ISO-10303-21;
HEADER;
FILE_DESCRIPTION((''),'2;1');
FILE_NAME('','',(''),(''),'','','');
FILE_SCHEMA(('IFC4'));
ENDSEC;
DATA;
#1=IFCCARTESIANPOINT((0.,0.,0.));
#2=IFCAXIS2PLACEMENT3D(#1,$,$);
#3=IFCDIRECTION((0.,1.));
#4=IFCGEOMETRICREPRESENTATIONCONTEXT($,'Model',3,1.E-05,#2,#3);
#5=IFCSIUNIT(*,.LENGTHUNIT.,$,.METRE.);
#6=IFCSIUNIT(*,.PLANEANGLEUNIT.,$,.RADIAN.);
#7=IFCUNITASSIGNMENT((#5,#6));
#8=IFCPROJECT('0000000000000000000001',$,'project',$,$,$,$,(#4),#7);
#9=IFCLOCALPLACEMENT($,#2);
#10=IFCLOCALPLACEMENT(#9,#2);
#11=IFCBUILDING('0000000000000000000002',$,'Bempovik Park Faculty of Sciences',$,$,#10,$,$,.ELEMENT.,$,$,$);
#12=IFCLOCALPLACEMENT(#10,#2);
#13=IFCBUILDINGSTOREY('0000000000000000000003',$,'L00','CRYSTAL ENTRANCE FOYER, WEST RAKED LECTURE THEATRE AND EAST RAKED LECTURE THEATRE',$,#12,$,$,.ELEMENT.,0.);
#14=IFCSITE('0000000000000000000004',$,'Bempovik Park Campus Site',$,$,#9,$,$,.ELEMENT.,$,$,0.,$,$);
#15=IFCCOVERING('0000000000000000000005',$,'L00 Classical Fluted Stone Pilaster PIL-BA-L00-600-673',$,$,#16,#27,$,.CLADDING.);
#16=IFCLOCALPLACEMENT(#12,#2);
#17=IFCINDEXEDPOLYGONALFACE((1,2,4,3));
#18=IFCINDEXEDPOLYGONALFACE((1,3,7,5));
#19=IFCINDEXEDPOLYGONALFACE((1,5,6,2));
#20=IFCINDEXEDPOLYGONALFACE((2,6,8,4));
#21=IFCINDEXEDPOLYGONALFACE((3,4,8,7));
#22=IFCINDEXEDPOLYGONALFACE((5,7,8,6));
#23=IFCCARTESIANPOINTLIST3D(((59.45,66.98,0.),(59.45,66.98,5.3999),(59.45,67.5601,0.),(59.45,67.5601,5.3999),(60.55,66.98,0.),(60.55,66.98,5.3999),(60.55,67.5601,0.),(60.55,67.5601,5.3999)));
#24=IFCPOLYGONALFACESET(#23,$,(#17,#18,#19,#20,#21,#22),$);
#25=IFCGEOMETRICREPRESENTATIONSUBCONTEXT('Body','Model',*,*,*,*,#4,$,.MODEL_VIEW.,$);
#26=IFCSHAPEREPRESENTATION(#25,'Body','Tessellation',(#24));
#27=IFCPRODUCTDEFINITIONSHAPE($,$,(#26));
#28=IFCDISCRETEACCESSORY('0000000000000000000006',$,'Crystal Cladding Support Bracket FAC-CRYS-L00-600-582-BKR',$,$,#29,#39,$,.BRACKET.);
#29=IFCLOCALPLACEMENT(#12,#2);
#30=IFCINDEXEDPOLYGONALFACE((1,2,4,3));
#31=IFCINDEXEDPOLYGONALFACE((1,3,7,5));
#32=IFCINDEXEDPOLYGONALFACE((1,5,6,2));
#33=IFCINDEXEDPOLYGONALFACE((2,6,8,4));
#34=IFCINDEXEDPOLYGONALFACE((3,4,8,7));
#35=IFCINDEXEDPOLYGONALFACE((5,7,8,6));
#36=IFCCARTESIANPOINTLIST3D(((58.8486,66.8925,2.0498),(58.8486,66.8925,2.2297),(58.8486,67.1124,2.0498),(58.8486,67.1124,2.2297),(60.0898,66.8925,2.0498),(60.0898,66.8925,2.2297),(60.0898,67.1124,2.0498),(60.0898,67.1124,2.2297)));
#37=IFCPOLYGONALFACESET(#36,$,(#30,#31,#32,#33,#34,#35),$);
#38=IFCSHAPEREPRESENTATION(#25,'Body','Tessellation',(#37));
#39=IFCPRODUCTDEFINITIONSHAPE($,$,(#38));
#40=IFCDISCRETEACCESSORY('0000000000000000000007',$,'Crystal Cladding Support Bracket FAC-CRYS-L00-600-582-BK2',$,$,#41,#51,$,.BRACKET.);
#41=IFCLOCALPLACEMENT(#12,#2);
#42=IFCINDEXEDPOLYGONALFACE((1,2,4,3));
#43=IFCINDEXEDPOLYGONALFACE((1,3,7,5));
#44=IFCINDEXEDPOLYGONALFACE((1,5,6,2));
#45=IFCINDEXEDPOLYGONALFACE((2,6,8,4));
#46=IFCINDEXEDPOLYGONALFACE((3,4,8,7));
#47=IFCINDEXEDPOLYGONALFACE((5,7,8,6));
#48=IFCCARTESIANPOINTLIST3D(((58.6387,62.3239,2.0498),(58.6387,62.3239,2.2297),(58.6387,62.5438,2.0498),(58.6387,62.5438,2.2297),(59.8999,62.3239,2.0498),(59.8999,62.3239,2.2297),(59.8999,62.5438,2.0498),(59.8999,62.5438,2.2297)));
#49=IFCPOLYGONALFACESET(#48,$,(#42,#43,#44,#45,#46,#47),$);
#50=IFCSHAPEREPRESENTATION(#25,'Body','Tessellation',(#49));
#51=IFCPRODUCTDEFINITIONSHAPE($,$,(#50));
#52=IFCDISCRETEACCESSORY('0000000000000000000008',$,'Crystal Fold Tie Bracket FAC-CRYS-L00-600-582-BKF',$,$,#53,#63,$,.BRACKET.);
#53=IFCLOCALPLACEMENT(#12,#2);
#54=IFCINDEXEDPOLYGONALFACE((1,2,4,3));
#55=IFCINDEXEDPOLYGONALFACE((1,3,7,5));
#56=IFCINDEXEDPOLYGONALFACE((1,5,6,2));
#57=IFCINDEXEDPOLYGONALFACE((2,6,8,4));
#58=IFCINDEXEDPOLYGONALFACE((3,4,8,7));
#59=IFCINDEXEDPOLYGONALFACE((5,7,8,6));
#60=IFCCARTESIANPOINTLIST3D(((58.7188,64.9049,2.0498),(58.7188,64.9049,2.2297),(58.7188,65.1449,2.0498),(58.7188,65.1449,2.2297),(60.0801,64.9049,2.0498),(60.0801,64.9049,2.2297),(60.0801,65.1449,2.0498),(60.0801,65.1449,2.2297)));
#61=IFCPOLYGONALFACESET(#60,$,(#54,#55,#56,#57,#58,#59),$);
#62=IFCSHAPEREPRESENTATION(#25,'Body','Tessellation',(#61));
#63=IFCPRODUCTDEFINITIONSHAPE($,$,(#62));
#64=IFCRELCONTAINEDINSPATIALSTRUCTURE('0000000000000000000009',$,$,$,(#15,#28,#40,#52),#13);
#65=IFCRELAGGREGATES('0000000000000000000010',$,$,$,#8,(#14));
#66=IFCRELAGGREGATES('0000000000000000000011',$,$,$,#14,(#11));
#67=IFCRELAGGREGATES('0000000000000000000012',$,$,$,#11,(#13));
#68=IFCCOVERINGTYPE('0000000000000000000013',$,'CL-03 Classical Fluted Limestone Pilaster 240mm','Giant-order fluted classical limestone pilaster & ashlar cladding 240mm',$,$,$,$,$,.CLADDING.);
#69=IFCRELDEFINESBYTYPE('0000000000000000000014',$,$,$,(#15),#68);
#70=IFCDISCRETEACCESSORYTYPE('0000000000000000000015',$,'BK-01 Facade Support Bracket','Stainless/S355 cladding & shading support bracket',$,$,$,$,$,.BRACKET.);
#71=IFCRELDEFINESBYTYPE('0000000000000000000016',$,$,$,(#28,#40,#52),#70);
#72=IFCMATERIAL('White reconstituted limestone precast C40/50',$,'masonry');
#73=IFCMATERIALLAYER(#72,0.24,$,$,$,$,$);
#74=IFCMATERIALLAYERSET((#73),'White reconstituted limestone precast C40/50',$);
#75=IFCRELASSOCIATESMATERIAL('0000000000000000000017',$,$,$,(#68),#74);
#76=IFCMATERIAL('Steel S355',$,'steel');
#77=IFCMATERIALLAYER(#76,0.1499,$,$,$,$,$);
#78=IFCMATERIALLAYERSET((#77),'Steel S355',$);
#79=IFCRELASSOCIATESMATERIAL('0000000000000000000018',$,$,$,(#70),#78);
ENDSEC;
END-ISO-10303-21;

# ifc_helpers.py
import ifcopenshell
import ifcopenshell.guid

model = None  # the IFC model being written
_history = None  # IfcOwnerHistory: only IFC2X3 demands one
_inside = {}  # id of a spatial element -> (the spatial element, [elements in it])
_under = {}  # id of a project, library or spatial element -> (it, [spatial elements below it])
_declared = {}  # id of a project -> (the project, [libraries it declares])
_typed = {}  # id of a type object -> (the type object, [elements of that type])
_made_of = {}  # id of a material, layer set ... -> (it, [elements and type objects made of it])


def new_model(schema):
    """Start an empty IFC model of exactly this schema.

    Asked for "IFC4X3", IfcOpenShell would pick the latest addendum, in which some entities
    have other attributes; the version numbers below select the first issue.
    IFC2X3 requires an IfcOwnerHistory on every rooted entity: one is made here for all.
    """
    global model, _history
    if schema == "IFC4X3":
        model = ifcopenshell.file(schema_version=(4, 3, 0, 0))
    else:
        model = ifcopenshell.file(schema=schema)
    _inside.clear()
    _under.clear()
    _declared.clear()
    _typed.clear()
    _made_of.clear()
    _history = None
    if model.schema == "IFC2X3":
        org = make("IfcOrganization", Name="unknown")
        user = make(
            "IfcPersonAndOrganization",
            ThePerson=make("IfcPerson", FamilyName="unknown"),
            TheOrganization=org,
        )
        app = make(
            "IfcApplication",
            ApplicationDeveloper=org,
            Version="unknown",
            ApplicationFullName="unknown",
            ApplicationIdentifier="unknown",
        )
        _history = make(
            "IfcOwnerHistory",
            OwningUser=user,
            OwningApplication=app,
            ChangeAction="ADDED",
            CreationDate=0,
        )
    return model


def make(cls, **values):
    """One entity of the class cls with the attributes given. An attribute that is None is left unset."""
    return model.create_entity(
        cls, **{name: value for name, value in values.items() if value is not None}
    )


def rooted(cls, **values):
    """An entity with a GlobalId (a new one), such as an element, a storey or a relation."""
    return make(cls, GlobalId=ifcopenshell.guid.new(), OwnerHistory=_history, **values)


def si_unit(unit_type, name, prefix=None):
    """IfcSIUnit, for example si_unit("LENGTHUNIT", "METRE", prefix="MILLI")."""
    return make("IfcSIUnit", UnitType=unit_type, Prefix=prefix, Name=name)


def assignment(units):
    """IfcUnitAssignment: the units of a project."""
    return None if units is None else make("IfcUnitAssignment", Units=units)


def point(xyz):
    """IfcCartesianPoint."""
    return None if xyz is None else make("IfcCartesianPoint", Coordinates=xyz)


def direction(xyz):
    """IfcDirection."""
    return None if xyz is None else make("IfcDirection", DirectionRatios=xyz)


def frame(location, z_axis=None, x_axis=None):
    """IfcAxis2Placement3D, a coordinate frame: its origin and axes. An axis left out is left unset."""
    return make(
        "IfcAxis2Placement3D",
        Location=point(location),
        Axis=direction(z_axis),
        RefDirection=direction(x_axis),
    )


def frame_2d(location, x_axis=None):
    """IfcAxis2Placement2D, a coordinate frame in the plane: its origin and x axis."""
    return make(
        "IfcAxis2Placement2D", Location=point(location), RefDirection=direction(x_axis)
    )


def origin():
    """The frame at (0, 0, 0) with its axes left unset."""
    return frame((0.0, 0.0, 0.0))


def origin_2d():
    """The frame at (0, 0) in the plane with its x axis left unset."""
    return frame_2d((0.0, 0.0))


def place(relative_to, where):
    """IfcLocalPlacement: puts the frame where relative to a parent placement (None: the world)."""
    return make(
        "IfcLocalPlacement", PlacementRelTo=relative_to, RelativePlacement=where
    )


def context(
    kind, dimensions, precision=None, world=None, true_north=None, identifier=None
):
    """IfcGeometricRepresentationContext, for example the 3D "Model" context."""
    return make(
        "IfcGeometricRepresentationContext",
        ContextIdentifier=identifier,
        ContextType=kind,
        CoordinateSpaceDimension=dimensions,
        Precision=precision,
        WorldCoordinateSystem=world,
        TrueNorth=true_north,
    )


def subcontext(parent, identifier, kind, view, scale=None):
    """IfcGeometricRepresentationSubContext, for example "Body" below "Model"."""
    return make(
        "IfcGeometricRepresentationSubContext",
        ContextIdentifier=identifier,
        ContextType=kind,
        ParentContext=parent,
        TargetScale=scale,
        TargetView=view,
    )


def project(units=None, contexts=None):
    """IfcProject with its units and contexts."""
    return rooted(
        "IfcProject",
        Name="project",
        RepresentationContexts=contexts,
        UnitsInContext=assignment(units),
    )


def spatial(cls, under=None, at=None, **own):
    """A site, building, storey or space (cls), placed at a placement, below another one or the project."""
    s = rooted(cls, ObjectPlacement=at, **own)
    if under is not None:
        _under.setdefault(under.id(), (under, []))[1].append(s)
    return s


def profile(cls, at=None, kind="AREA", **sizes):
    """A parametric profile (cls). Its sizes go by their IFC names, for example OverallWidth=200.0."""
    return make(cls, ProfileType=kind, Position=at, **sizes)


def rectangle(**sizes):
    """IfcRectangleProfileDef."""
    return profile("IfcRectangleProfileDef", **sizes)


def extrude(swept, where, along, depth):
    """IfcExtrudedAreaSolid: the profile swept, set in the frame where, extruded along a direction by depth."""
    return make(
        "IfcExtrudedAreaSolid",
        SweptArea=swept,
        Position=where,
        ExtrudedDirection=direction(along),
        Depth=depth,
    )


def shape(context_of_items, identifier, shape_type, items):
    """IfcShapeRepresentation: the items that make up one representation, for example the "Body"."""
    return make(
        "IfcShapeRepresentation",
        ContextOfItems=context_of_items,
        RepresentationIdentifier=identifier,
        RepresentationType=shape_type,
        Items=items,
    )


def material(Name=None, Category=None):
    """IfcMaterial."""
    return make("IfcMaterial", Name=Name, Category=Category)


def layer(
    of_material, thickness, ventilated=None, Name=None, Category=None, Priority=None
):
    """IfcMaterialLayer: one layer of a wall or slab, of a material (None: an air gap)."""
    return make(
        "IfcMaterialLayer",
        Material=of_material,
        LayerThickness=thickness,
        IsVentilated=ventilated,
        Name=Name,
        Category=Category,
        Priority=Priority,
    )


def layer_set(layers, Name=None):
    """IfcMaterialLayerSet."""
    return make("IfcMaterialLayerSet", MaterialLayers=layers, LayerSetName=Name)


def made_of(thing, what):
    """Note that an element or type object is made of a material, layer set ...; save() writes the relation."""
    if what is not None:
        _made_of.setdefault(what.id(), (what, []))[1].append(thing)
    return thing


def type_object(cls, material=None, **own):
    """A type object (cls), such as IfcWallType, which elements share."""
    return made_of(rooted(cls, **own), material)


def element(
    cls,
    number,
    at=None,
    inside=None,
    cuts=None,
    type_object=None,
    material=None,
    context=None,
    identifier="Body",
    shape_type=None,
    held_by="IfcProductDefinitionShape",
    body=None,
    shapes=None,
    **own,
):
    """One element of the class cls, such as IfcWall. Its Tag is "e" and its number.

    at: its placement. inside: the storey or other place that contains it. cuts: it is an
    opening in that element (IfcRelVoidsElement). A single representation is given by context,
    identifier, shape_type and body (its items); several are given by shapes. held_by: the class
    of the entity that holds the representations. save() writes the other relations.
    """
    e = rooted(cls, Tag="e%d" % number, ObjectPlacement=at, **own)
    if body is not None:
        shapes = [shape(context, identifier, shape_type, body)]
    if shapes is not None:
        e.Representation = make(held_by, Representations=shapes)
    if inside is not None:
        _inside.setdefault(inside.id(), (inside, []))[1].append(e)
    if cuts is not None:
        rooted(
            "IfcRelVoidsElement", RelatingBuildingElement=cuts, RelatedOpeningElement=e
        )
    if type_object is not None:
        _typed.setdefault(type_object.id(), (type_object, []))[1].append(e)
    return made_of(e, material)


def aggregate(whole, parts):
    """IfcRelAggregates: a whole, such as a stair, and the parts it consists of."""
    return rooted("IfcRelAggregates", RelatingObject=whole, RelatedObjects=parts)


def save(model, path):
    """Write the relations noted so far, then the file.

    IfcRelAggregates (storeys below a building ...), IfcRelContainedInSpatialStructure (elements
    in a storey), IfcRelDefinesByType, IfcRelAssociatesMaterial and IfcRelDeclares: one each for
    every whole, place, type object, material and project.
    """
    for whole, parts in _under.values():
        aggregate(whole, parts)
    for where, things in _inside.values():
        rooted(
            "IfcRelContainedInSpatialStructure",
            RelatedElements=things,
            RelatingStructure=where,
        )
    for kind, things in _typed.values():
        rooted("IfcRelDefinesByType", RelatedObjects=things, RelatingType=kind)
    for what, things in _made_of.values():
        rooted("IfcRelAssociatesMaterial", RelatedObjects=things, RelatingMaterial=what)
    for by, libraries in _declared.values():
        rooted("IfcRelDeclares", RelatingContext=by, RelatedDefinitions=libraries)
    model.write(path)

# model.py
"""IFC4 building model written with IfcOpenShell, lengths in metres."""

from ifc_helpers import new_model, si_unit, direction, frame, origin, origin_2d, place, context, subcontext, project, spatial, rectangle, extrude, material, layer, layer_set, type_object, element, save


model = new_model("IFC4")

# Units and contexts
model_context = context("Model", 3, precision=1e-05, world=origin(), true_north=direction((0.0, 1.0)))
body_context = subcontext(model_context, "Body", "Model", "MODEL_VIEW")
ifc_project = project(units=[si_unit("LENGTHUNIT", "METRE"), si_unit("PLANEANGLEUNIT", "RADIAN")], contexts=[model_context])

# Site, building, storey
site_placement = place(None, origin())
site = spatial("IfcSite", under=ifc_project, at=site_placement, Name="Bempovik Park Campus Site", CompositionType="ELEMENT", RefElevation=0.0)
building_placement = place(site_placement, origin())
building = spatial("IfcBuilding", under=site, at=building_placement, Name="Bempovik Park Faculty of Sciences", CompositionType="ELEMENT")
storey_placement = place(building_placement, origin())
storey = spatial("IfcBuildingStorey", under=building, at=storey_placement, Name="L00", Description="CRYSTAL ENTRANCE FOYER, WEST RAKED LECTURE THEATRE AND EAST RAKED LECTURE THEATRE", CompositionType="ELEMENT", Elevation=0.0)

# Covering
ifc_material_1 = material(Name="White reconstituted limestone precast C40/50", Category="masonry")
ifc_layer_1 = layer(ifc_material_1, 0.24)
ifc_layer_set_1 = layer_set([ifc_layer_1], Name="White reconstituted limestone precast C40/50")
covering_type_1 = type_object("IfcCoveringType", Name="CL-03 Classical Fluted Limestone Pilaster 240mm", Description="Giant-order fluted classical limestone pilaster & ashlar cladding 240mm", PredefinedType="CLADDING", material=ifc_layer_set_1)
covering_1_placement = place(storey_placement, frame((60.0, 67.27, 0.0), z_axis=(0.0, 0.0, 1.0), x_axis=(1.0, 0.0, 0.0)))
element("IfcCovering", 1, at=covering_1_placement, inside=storey, type_object=covering_type_1, Name="L00 Classical Fluted Stone Pilaster PIL-BA-L00-600-673", PredefinedType="CLADDING", context=body_context, shape_type="SweptSolid", body=[
    extrude(rectangle(XDim=1.1001, YDim=0.5801, at=origin_2d()), origin(), (0.0, 0.0, 1.0), 5.3999),
])

# Discrete accessories
ifc_material_2 = material(Name="Steel S355", Category="steel")
ifc_layer_2 = layer(ifc_material_2, 0.1499)
ifc_layer_set_2 = layer_set([ifc_layer_2], Name="Steel S355")
discrete_accessory_type = type_object("IfcDiscreteAccessoryType", Name="BK-01 Facade Support Bracket", Description="Stainless/S355 cladding & shading support bracket", PredefinedType="BRACKET", material=ifc_layer_set_2)
discrete_accessory_1_placement = place(storey_placement, frame((59.4692, 67.0024, 2.0498), z_axis=(0.0, 0.0, 1.0), x_axis=(1.0, 0.0, 0.0)))
element("IfcDiscreteAccessory", 2, at=discrete_accessory_1_placement, inside=storey, type_object=discrete_accessory_type, Name="Crystal Cladding Support Bracket FAC-CRYS-L00-600-582-BKR", PredefinedType="BRACKET", context=body_context, shape_type="SweptSolid", body=[
    extrude(rectangle(XDim=1.2412, YDim=0.22, at=origin_2d()), origin(), (0.0, 0.0, 1.0), 0.1799),
])
discrete_accessory_2_placement = place(storey_placement, frame((59.2693, 62.4338, 2.0498), z_axis=(0.0, 0.0, 1.0), x_axis=(1.0, 0.0, 0.0)))
element("IfcDiscreteAccessory", 3, at=discrete_accessory_2_placement, inside=storey, type_object=discrete_accessory_type, Name="Crystal Cladding Support Bracket FAC-CRYS-L00-600-582-BK2", PredefinedType="BRACKET", context=body_context, shape_type="SweptSolid", body=[
    extrude(rectangle(XDim=1.2612, YDim=0.22, at=origin_2d()), origin(), (0.0, 0.0, 1.0), 0.1799),
])
discrete_accessory_3_placement = place(storey_placement, frame((59.3994, 65.0249, 2.0498), z_axis=(0.0, 0.0, 1.0), x_axis=(1.0, 0.0, 0.0)))
element("IfcDiscreteAccessory", 4, at=discrete_accessory_3_placement, inside=storey, type_object=discrete_accessory_type, Name="Crystal Fold Tie Bracket FAC-CRYS-L00-600-582-BKF", PredefinedType="BRACKET", context=body_context, shape_type="SweptSolid", body=[
    extrude(rectangle(XDim=1.3613, YDim=0.24, at=origin_2d()), origin(), (0.0, 0.0, 1.0), 0.1799),
])

save(model, "model.ifc")
